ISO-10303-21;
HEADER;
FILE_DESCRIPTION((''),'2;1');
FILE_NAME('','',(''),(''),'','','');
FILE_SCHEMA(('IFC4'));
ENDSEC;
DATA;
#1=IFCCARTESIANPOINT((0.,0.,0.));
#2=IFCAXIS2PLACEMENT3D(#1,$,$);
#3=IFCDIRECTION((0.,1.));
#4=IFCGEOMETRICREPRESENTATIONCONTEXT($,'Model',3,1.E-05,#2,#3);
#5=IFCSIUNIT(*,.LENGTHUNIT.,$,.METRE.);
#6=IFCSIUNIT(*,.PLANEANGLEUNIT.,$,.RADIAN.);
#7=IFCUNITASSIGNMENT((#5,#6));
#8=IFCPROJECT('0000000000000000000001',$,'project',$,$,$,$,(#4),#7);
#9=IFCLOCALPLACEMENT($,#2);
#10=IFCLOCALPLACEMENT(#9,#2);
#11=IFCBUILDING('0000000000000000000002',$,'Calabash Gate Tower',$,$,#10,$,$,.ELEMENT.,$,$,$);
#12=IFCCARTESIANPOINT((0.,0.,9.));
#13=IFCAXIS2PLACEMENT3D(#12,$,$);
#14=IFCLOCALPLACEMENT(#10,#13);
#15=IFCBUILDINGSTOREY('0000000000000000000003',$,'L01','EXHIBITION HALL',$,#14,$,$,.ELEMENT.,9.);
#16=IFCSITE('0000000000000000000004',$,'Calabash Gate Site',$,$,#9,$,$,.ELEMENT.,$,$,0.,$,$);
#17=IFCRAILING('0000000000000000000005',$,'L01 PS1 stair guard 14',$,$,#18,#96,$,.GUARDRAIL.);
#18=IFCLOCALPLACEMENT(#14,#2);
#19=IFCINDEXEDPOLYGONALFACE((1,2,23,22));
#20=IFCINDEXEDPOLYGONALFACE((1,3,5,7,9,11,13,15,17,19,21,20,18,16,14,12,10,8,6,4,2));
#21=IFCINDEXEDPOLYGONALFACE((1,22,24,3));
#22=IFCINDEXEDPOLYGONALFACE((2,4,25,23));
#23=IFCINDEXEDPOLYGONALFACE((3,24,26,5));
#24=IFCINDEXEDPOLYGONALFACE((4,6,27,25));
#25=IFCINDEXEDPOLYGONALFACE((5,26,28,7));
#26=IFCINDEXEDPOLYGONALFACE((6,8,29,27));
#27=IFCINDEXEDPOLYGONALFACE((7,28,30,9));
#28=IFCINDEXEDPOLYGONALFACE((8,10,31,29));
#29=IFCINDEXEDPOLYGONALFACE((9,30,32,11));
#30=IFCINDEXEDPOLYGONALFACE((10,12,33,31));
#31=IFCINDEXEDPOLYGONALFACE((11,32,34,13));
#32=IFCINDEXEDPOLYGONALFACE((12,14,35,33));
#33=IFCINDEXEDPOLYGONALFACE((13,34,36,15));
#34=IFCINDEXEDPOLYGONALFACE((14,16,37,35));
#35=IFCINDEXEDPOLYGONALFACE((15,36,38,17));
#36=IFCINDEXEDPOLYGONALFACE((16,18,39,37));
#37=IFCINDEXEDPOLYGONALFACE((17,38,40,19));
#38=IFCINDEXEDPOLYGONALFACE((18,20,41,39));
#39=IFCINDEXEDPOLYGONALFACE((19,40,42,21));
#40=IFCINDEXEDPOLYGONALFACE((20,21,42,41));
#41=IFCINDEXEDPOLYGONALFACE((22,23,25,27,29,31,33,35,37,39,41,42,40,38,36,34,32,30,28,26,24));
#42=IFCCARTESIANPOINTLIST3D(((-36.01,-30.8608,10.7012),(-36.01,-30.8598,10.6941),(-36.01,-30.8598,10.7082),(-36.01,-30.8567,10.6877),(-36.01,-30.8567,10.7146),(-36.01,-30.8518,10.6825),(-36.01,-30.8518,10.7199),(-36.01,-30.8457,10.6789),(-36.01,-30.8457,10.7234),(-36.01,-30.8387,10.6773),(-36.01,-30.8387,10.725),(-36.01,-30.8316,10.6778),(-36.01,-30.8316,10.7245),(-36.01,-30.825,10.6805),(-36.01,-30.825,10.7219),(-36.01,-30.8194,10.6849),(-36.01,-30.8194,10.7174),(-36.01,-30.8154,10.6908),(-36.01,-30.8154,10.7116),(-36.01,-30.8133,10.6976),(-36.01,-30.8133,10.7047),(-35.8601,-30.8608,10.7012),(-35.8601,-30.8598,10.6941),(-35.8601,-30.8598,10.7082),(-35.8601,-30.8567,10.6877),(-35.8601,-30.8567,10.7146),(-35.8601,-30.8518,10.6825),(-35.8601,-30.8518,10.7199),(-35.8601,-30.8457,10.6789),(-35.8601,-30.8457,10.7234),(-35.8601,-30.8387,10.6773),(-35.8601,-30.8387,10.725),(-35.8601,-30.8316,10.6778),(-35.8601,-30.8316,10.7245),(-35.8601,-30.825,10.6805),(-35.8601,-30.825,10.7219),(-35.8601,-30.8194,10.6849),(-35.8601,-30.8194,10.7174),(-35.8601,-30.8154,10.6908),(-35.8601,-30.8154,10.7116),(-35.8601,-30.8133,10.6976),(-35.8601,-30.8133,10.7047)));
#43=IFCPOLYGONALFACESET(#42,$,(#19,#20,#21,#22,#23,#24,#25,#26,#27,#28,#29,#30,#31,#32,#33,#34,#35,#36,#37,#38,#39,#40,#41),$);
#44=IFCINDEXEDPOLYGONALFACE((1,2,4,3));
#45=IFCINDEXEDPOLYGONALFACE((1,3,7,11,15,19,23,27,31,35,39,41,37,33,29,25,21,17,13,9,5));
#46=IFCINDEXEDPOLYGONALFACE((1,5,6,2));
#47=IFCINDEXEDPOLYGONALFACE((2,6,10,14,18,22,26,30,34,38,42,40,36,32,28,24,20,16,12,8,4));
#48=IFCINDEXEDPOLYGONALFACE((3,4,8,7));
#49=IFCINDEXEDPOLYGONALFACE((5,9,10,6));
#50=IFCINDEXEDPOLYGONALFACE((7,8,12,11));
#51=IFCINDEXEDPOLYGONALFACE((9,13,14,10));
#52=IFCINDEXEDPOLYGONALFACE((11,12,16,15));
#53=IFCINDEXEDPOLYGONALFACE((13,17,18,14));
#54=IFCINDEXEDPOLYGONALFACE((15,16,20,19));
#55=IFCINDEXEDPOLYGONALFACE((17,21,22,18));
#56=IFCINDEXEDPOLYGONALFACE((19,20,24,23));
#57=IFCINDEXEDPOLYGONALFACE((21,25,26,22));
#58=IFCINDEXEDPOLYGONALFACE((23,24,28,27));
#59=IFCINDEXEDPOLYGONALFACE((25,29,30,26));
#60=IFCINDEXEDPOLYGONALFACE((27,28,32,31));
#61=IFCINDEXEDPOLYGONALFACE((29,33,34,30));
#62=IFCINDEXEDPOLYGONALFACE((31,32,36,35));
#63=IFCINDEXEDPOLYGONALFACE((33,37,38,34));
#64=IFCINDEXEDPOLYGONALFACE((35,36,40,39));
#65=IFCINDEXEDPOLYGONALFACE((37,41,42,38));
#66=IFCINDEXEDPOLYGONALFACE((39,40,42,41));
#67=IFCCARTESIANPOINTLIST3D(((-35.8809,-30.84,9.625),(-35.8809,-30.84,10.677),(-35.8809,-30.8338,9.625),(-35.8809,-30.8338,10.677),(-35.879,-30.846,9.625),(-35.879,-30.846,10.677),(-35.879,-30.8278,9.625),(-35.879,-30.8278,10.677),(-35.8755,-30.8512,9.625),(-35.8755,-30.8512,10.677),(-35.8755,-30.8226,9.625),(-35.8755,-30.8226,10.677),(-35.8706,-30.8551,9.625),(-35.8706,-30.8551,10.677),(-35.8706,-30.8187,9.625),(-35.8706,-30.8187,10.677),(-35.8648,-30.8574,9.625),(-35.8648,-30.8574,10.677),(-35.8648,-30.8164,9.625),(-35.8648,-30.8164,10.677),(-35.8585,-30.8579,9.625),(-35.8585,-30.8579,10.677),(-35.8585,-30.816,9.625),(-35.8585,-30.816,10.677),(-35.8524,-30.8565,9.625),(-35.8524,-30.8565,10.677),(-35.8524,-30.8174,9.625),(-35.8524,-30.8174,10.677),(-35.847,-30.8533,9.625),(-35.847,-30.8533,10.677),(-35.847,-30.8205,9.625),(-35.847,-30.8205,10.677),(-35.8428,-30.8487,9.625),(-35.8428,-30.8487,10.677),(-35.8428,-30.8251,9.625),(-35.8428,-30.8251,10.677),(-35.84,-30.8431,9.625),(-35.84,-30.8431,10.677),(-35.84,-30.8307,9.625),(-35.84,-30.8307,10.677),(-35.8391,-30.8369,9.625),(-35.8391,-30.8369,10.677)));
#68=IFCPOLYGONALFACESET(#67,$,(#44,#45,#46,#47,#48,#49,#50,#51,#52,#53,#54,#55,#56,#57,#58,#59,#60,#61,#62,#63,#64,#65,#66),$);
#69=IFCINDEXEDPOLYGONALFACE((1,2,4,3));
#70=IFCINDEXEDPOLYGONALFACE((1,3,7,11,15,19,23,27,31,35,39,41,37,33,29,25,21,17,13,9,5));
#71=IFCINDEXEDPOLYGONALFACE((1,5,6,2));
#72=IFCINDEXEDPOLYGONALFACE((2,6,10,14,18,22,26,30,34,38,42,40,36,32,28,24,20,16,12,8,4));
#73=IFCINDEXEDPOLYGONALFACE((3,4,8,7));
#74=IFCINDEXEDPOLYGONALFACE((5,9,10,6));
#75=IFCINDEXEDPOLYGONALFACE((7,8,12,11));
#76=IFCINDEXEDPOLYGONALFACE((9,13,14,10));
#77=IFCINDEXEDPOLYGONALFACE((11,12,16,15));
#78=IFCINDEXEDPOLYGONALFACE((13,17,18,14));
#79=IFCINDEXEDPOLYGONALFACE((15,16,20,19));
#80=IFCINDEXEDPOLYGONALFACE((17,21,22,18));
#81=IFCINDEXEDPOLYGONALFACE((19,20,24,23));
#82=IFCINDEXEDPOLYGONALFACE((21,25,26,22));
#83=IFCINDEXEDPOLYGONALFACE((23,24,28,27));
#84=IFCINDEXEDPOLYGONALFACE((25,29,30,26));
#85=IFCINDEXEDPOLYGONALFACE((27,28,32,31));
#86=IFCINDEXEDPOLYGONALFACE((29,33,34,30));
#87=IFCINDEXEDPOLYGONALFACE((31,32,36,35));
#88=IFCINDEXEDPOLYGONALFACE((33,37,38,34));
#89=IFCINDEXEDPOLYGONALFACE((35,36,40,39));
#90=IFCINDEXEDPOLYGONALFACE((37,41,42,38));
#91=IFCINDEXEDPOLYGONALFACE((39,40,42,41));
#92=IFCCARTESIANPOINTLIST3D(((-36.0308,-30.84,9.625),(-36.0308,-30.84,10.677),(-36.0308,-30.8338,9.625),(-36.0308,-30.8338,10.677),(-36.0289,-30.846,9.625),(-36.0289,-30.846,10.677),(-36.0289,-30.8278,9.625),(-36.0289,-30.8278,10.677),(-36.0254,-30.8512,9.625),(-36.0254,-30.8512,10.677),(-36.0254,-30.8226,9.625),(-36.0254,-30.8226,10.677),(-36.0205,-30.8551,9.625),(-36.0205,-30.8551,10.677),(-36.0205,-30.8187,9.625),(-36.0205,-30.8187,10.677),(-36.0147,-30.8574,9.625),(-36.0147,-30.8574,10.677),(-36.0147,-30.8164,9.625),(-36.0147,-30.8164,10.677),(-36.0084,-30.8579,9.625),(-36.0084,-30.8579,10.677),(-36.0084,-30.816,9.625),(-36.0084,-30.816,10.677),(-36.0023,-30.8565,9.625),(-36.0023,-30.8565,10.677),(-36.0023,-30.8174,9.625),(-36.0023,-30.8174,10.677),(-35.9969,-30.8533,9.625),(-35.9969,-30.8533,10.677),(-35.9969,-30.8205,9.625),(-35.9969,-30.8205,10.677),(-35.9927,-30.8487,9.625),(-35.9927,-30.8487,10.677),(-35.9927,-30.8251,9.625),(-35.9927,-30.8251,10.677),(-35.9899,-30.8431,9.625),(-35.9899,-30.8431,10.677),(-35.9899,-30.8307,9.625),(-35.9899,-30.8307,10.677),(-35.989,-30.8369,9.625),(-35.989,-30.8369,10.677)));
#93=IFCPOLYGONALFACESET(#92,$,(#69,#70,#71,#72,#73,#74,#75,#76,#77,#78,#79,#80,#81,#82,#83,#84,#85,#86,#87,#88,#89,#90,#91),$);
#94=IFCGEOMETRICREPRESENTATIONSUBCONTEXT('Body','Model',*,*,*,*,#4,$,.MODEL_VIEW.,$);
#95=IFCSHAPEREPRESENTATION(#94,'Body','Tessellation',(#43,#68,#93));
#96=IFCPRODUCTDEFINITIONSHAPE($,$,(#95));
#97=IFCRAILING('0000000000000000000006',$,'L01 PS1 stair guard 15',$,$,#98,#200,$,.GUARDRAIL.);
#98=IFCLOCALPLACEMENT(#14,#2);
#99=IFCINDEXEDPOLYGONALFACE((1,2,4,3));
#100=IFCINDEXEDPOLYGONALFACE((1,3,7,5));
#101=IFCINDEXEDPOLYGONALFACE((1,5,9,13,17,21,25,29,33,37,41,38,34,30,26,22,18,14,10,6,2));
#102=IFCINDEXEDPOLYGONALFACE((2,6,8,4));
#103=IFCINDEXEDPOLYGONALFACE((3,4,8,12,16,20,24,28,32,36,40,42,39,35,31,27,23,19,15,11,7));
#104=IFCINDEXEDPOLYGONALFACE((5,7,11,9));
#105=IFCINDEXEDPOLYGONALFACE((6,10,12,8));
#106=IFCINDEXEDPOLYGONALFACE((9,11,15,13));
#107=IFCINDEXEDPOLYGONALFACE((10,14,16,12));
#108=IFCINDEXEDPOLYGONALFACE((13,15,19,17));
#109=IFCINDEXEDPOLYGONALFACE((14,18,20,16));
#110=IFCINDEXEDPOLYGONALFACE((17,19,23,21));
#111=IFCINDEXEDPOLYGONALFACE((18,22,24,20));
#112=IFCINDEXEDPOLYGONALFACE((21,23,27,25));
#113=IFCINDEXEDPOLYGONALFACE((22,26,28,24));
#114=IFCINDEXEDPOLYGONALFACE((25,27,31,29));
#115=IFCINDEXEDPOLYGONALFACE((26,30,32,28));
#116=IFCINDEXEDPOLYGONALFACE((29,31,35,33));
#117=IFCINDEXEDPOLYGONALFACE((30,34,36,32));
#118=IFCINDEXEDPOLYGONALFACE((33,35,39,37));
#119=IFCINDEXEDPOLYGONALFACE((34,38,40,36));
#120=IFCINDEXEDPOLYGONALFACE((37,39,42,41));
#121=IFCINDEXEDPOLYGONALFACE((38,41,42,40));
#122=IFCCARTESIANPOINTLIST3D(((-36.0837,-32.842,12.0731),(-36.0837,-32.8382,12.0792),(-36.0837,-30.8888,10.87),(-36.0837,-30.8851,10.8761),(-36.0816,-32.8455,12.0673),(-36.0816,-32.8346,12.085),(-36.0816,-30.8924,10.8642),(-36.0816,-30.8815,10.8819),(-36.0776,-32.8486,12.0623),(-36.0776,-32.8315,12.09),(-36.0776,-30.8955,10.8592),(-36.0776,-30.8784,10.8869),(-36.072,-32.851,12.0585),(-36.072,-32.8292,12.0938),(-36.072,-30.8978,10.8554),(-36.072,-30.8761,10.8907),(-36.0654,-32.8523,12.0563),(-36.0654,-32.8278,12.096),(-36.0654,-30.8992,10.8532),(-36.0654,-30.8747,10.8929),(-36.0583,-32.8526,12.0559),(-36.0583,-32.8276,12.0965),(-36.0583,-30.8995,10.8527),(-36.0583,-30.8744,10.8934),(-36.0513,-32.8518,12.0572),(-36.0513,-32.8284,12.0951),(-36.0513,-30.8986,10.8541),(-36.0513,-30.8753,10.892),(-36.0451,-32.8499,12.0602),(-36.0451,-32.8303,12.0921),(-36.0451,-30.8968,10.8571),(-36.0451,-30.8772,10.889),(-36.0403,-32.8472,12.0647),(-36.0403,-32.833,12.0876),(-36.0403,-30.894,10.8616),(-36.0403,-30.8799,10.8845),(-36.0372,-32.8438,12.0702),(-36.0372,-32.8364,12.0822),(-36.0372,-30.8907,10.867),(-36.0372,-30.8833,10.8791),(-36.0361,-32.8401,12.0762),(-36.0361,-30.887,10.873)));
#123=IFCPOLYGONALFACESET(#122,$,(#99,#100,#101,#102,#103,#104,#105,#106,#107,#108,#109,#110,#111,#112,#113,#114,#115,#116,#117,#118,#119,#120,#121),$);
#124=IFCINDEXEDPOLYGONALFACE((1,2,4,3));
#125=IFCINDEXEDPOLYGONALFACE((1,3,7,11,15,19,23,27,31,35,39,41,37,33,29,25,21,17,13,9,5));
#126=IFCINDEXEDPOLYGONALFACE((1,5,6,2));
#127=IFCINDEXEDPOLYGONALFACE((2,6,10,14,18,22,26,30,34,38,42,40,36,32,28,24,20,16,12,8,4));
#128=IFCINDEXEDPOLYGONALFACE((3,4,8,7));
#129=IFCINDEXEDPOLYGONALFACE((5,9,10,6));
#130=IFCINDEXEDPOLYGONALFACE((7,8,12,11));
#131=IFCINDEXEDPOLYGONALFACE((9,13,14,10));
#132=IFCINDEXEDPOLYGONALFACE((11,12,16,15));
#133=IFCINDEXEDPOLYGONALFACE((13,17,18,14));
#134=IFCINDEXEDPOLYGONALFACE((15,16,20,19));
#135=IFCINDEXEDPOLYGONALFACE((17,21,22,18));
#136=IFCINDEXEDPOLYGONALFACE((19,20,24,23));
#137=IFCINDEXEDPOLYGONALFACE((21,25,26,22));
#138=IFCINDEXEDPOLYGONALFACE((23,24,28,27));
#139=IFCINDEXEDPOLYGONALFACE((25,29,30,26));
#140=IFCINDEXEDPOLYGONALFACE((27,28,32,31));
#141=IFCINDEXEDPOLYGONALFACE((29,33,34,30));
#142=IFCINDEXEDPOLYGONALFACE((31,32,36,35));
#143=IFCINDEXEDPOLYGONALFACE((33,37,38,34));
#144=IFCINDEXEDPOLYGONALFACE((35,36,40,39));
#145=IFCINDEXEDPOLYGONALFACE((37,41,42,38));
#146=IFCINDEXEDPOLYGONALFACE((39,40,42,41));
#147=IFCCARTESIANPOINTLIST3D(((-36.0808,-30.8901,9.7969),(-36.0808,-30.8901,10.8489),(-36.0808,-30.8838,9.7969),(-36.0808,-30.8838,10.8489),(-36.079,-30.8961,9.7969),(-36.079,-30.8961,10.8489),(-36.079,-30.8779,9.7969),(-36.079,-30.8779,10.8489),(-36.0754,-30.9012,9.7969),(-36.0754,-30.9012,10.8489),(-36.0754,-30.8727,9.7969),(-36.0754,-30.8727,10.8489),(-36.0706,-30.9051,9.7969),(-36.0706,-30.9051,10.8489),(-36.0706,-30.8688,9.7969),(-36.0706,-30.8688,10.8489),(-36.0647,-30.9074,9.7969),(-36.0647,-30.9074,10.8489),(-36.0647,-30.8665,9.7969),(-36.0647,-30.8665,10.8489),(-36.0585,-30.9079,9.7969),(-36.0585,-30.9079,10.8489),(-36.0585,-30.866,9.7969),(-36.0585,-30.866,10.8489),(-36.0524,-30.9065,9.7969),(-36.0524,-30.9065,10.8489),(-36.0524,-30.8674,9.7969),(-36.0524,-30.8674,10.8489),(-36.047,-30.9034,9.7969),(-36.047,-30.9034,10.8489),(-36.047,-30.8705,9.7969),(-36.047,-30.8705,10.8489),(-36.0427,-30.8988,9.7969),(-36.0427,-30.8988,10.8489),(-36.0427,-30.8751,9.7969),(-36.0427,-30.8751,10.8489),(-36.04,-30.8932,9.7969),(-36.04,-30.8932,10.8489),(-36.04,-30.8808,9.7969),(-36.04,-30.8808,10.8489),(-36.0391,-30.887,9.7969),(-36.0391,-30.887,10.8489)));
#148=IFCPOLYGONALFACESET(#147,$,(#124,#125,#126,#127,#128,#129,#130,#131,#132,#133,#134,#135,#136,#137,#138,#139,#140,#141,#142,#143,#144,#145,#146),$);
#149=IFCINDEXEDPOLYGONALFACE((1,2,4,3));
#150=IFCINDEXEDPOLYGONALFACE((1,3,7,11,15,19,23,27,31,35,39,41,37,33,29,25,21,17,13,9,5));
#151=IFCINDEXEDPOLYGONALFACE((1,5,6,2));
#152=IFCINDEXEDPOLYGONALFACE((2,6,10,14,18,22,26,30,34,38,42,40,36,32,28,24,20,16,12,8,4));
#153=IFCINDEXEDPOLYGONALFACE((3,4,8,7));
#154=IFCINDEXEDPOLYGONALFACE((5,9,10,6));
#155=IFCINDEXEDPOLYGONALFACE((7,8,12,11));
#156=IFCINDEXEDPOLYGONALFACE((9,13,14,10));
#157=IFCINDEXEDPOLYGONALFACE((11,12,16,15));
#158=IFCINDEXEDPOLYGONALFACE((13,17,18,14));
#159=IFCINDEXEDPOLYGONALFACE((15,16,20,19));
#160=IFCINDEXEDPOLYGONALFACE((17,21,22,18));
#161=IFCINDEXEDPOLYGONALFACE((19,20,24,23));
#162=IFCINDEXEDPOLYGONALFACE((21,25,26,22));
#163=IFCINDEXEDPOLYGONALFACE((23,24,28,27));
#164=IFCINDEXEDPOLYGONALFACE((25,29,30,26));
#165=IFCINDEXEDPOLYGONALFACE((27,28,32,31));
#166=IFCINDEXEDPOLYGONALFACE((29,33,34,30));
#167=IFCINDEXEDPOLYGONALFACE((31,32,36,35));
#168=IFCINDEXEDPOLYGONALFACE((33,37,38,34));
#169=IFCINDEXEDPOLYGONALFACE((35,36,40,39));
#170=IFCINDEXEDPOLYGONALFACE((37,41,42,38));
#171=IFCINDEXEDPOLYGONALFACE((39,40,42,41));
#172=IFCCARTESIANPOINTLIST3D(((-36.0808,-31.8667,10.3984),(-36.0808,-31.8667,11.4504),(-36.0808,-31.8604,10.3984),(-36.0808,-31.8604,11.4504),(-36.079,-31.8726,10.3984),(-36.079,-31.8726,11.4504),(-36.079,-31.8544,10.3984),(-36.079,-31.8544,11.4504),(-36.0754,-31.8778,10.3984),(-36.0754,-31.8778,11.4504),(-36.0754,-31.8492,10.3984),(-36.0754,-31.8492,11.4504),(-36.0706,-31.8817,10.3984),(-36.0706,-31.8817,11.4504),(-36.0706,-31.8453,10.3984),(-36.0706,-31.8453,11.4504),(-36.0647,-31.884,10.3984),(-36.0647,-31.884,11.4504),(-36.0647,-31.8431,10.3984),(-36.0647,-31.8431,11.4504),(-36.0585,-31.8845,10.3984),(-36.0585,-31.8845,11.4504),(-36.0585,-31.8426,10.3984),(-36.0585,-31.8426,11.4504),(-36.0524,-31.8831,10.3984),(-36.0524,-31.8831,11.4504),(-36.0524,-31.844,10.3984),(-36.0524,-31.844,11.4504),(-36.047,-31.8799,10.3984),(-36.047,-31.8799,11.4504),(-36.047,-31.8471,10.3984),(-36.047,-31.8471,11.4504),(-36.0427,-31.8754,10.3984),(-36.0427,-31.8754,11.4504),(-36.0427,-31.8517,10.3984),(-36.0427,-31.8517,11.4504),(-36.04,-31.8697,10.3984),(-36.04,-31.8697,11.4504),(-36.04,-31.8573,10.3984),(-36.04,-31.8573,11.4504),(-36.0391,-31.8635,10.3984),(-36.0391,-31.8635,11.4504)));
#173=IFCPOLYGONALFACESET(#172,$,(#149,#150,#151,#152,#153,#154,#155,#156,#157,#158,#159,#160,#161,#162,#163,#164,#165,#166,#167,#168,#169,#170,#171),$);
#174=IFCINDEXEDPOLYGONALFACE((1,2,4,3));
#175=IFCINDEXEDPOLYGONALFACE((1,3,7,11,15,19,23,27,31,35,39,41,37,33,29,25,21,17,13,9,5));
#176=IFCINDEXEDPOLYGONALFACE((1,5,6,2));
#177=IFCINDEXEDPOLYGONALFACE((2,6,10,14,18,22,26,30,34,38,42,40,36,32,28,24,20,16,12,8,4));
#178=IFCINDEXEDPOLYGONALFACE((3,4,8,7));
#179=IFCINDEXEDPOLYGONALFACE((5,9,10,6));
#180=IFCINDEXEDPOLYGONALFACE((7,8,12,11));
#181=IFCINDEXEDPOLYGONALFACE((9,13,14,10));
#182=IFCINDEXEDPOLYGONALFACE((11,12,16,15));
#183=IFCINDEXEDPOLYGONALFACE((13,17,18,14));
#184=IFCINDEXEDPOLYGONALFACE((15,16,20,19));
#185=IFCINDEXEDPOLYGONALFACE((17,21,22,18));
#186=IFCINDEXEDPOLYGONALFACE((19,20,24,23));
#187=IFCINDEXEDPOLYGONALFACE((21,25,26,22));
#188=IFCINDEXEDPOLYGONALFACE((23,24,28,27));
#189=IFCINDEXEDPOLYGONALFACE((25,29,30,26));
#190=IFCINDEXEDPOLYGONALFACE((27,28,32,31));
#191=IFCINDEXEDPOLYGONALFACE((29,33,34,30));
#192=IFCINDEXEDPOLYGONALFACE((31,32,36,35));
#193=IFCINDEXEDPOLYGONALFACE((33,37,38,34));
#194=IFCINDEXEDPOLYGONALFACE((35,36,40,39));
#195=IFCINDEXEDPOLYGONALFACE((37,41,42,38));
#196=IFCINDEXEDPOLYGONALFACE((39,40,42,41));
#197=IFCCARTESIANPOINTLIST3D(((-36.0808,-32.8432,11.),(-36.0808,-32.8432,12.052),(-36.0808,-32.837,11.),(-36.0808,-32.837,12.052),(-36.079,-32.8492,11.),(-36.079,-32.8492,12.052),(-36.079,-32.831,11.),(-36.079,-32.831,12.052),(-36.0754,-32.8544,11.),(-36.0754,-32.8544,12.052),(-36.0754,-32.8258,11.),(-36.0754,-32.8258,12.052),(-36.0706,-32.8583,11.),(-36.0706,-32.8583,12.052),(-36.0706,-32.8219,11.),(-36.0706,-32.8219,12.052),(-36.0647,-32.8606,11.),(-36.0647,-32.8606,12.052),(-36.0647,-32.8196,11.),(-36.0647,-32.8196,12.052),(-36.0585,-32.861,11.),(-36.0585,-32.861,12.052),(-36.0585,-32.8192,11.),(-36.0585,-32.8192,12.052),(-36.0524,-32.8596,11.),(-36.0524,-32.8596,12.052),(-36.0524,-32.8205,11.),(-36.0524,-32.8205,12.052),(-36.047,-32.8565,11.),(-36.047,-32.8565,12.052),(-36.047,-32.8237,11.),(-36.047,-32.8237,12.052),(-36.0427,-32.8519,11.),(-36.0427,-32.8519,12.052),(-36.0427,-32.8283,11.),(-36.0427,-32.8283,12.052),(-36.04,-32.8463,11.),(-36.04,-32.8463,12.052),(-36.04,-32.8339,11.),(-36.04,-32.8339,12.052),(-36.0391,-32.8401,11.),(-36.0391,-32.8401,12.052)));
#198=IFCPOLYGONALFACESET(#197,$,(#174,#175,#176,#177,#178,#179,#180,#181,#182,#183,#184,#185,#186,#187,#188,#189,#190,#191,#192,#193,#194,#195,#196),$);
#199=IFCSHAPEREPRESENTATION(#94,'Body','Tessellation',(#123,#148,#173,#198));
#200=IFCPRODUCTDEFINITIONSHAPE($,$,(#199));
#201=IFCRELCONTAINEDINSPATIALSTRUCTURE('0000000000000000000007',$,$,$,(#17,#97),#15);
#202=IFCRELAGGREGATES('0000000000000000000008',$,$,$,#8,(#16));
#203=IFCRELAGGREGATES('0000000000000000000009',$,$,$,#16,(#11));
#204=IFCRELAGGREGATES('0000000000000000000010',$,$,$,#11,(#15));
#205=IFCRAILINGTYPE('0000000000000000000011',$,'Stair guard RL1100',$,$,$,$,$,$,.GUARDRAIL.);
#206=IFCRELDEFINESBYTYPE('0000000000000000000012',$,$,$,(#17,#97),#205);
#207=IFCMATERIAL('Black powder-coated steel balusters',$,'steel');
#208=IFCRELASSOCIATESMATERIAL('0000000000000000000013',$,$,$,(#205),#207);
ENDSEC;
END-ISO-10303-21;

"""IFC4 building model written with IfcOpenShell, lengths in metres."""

from ifc_helpers import new_model, si_unit, direction, frame, origin, origin_2d, place, context, subcontext, project, spatial, circle, extrude, material, type_object, element, save


model = new_model("IFC4")

# Units and contexts
model_context = context("Model", 3, precision=1e-05, world=origin(), true_north=direction((0.0, 1.0)))
body_context = subcontext(model_context, "Body", "Model", "MODEL_VIEW")
ifc_project = project(units=[si_unit("LENGTHUNIT", "METRE"), si_unit("PLANEANGLEUNIT", "RADIAN")], contexts=[model_context])

# Site, building, storey
site_placement = place(None, origin())
site = spatial("IfcSite", under=ifc_project, at=site_placement, Name="Calabash Gate Site", CompositionType="ELEMENT", RefElevation=0.0)
building_placement = place(site_placement, origin())
building = spatial("IfcBuilding", under=site, at=building_placement, Name="Calabash Gate Tower", CompositionType="ELEMENT")
storey_placement = place(building_placement, frame((0.0, 0.0, 9.0)))
storey = spatial("IfcBuildingStorey", under=building, at=storey_placement, Name="L01", Description="EXHIBITION HALL", CompositionType="ELEMENT", Elevation=9.0)

# Railings
ifc_material_1 = material(Name="Black powder-coated steel balusters", Category="steel")
railing_type_1 = type_object("IfcRailingType", Name="Stair guard RL1100", PredefinedType="GUARDRAIL", material=ifc_material_1)
railing_1_placement = place(storey_placement, frame((-35.8601, -30.8369, 9.625)))
element("IfcRailing", 1, at=railing_1_placement, inside=storey, type_object=railing_type_1, Name="L01 PS1 stair guard 14", PredefinedType="GUARDRAIL", context=body_context, shape_type="SweptSolid", body=[
    extrude(circle(Radius=0.0239, at=origin_2d()), frame((0.0, 0.0, 1.0762), z_axis=(-1.0, 0.0, 0.0), x_axis=(0.0, -1.0, 0.0)), (0.0, 0.0, 1.0), 0.1499),
    extrude(circle(Radius=0.021, at=origin_2d()), origin(), (0.0, 0.0, 1.0), 1.052),
    extrude(circle(Radius=0.021, at=origin_2d()), frame((-0.1499, 0.0, 0.0)), (0.0, 0.0, 1.0), 1.052),
])
railing_2_placement = place(storey_placement, frame((-36.0601, -30.887, 9.7969)))
element("IfcRailing", 2, at=railing_2_placement, inside=storey, type_object=railing_type_1, Name="L01 PS1 stair guard 15", PredefinedType="GUARDRAIL", context=body_context, shape_type="SweptSolid", body=[
    extrude(circle(Radius=0.0239, at=origin_2d()), frame((0.0, 0.0, 1.0762), z_axis=(0.0, -0.851424, 0.524477), x_axis=(1.0, 0.0, 0.0)), (0.0, 0.0, 1.0), 2.2939),
    extrude(circle(Radius=0.021, at=origin_2d()), origin(), (0.0, 0.0, 1.0), 1.052),
    extrude(circle(Radius=0.021, at=origin_2d()), frame((0.0, -0.9766, 0.6016)), (0.0, 0.0, 1.0), 1.052),
    extrude(circle(Radius=0.021, at=origin_2d()), frame((0.0, -1.9531, 1.2031)), (0.0, 0.0, 1.0), 1.052),
])

save(model, "model.ifc")
